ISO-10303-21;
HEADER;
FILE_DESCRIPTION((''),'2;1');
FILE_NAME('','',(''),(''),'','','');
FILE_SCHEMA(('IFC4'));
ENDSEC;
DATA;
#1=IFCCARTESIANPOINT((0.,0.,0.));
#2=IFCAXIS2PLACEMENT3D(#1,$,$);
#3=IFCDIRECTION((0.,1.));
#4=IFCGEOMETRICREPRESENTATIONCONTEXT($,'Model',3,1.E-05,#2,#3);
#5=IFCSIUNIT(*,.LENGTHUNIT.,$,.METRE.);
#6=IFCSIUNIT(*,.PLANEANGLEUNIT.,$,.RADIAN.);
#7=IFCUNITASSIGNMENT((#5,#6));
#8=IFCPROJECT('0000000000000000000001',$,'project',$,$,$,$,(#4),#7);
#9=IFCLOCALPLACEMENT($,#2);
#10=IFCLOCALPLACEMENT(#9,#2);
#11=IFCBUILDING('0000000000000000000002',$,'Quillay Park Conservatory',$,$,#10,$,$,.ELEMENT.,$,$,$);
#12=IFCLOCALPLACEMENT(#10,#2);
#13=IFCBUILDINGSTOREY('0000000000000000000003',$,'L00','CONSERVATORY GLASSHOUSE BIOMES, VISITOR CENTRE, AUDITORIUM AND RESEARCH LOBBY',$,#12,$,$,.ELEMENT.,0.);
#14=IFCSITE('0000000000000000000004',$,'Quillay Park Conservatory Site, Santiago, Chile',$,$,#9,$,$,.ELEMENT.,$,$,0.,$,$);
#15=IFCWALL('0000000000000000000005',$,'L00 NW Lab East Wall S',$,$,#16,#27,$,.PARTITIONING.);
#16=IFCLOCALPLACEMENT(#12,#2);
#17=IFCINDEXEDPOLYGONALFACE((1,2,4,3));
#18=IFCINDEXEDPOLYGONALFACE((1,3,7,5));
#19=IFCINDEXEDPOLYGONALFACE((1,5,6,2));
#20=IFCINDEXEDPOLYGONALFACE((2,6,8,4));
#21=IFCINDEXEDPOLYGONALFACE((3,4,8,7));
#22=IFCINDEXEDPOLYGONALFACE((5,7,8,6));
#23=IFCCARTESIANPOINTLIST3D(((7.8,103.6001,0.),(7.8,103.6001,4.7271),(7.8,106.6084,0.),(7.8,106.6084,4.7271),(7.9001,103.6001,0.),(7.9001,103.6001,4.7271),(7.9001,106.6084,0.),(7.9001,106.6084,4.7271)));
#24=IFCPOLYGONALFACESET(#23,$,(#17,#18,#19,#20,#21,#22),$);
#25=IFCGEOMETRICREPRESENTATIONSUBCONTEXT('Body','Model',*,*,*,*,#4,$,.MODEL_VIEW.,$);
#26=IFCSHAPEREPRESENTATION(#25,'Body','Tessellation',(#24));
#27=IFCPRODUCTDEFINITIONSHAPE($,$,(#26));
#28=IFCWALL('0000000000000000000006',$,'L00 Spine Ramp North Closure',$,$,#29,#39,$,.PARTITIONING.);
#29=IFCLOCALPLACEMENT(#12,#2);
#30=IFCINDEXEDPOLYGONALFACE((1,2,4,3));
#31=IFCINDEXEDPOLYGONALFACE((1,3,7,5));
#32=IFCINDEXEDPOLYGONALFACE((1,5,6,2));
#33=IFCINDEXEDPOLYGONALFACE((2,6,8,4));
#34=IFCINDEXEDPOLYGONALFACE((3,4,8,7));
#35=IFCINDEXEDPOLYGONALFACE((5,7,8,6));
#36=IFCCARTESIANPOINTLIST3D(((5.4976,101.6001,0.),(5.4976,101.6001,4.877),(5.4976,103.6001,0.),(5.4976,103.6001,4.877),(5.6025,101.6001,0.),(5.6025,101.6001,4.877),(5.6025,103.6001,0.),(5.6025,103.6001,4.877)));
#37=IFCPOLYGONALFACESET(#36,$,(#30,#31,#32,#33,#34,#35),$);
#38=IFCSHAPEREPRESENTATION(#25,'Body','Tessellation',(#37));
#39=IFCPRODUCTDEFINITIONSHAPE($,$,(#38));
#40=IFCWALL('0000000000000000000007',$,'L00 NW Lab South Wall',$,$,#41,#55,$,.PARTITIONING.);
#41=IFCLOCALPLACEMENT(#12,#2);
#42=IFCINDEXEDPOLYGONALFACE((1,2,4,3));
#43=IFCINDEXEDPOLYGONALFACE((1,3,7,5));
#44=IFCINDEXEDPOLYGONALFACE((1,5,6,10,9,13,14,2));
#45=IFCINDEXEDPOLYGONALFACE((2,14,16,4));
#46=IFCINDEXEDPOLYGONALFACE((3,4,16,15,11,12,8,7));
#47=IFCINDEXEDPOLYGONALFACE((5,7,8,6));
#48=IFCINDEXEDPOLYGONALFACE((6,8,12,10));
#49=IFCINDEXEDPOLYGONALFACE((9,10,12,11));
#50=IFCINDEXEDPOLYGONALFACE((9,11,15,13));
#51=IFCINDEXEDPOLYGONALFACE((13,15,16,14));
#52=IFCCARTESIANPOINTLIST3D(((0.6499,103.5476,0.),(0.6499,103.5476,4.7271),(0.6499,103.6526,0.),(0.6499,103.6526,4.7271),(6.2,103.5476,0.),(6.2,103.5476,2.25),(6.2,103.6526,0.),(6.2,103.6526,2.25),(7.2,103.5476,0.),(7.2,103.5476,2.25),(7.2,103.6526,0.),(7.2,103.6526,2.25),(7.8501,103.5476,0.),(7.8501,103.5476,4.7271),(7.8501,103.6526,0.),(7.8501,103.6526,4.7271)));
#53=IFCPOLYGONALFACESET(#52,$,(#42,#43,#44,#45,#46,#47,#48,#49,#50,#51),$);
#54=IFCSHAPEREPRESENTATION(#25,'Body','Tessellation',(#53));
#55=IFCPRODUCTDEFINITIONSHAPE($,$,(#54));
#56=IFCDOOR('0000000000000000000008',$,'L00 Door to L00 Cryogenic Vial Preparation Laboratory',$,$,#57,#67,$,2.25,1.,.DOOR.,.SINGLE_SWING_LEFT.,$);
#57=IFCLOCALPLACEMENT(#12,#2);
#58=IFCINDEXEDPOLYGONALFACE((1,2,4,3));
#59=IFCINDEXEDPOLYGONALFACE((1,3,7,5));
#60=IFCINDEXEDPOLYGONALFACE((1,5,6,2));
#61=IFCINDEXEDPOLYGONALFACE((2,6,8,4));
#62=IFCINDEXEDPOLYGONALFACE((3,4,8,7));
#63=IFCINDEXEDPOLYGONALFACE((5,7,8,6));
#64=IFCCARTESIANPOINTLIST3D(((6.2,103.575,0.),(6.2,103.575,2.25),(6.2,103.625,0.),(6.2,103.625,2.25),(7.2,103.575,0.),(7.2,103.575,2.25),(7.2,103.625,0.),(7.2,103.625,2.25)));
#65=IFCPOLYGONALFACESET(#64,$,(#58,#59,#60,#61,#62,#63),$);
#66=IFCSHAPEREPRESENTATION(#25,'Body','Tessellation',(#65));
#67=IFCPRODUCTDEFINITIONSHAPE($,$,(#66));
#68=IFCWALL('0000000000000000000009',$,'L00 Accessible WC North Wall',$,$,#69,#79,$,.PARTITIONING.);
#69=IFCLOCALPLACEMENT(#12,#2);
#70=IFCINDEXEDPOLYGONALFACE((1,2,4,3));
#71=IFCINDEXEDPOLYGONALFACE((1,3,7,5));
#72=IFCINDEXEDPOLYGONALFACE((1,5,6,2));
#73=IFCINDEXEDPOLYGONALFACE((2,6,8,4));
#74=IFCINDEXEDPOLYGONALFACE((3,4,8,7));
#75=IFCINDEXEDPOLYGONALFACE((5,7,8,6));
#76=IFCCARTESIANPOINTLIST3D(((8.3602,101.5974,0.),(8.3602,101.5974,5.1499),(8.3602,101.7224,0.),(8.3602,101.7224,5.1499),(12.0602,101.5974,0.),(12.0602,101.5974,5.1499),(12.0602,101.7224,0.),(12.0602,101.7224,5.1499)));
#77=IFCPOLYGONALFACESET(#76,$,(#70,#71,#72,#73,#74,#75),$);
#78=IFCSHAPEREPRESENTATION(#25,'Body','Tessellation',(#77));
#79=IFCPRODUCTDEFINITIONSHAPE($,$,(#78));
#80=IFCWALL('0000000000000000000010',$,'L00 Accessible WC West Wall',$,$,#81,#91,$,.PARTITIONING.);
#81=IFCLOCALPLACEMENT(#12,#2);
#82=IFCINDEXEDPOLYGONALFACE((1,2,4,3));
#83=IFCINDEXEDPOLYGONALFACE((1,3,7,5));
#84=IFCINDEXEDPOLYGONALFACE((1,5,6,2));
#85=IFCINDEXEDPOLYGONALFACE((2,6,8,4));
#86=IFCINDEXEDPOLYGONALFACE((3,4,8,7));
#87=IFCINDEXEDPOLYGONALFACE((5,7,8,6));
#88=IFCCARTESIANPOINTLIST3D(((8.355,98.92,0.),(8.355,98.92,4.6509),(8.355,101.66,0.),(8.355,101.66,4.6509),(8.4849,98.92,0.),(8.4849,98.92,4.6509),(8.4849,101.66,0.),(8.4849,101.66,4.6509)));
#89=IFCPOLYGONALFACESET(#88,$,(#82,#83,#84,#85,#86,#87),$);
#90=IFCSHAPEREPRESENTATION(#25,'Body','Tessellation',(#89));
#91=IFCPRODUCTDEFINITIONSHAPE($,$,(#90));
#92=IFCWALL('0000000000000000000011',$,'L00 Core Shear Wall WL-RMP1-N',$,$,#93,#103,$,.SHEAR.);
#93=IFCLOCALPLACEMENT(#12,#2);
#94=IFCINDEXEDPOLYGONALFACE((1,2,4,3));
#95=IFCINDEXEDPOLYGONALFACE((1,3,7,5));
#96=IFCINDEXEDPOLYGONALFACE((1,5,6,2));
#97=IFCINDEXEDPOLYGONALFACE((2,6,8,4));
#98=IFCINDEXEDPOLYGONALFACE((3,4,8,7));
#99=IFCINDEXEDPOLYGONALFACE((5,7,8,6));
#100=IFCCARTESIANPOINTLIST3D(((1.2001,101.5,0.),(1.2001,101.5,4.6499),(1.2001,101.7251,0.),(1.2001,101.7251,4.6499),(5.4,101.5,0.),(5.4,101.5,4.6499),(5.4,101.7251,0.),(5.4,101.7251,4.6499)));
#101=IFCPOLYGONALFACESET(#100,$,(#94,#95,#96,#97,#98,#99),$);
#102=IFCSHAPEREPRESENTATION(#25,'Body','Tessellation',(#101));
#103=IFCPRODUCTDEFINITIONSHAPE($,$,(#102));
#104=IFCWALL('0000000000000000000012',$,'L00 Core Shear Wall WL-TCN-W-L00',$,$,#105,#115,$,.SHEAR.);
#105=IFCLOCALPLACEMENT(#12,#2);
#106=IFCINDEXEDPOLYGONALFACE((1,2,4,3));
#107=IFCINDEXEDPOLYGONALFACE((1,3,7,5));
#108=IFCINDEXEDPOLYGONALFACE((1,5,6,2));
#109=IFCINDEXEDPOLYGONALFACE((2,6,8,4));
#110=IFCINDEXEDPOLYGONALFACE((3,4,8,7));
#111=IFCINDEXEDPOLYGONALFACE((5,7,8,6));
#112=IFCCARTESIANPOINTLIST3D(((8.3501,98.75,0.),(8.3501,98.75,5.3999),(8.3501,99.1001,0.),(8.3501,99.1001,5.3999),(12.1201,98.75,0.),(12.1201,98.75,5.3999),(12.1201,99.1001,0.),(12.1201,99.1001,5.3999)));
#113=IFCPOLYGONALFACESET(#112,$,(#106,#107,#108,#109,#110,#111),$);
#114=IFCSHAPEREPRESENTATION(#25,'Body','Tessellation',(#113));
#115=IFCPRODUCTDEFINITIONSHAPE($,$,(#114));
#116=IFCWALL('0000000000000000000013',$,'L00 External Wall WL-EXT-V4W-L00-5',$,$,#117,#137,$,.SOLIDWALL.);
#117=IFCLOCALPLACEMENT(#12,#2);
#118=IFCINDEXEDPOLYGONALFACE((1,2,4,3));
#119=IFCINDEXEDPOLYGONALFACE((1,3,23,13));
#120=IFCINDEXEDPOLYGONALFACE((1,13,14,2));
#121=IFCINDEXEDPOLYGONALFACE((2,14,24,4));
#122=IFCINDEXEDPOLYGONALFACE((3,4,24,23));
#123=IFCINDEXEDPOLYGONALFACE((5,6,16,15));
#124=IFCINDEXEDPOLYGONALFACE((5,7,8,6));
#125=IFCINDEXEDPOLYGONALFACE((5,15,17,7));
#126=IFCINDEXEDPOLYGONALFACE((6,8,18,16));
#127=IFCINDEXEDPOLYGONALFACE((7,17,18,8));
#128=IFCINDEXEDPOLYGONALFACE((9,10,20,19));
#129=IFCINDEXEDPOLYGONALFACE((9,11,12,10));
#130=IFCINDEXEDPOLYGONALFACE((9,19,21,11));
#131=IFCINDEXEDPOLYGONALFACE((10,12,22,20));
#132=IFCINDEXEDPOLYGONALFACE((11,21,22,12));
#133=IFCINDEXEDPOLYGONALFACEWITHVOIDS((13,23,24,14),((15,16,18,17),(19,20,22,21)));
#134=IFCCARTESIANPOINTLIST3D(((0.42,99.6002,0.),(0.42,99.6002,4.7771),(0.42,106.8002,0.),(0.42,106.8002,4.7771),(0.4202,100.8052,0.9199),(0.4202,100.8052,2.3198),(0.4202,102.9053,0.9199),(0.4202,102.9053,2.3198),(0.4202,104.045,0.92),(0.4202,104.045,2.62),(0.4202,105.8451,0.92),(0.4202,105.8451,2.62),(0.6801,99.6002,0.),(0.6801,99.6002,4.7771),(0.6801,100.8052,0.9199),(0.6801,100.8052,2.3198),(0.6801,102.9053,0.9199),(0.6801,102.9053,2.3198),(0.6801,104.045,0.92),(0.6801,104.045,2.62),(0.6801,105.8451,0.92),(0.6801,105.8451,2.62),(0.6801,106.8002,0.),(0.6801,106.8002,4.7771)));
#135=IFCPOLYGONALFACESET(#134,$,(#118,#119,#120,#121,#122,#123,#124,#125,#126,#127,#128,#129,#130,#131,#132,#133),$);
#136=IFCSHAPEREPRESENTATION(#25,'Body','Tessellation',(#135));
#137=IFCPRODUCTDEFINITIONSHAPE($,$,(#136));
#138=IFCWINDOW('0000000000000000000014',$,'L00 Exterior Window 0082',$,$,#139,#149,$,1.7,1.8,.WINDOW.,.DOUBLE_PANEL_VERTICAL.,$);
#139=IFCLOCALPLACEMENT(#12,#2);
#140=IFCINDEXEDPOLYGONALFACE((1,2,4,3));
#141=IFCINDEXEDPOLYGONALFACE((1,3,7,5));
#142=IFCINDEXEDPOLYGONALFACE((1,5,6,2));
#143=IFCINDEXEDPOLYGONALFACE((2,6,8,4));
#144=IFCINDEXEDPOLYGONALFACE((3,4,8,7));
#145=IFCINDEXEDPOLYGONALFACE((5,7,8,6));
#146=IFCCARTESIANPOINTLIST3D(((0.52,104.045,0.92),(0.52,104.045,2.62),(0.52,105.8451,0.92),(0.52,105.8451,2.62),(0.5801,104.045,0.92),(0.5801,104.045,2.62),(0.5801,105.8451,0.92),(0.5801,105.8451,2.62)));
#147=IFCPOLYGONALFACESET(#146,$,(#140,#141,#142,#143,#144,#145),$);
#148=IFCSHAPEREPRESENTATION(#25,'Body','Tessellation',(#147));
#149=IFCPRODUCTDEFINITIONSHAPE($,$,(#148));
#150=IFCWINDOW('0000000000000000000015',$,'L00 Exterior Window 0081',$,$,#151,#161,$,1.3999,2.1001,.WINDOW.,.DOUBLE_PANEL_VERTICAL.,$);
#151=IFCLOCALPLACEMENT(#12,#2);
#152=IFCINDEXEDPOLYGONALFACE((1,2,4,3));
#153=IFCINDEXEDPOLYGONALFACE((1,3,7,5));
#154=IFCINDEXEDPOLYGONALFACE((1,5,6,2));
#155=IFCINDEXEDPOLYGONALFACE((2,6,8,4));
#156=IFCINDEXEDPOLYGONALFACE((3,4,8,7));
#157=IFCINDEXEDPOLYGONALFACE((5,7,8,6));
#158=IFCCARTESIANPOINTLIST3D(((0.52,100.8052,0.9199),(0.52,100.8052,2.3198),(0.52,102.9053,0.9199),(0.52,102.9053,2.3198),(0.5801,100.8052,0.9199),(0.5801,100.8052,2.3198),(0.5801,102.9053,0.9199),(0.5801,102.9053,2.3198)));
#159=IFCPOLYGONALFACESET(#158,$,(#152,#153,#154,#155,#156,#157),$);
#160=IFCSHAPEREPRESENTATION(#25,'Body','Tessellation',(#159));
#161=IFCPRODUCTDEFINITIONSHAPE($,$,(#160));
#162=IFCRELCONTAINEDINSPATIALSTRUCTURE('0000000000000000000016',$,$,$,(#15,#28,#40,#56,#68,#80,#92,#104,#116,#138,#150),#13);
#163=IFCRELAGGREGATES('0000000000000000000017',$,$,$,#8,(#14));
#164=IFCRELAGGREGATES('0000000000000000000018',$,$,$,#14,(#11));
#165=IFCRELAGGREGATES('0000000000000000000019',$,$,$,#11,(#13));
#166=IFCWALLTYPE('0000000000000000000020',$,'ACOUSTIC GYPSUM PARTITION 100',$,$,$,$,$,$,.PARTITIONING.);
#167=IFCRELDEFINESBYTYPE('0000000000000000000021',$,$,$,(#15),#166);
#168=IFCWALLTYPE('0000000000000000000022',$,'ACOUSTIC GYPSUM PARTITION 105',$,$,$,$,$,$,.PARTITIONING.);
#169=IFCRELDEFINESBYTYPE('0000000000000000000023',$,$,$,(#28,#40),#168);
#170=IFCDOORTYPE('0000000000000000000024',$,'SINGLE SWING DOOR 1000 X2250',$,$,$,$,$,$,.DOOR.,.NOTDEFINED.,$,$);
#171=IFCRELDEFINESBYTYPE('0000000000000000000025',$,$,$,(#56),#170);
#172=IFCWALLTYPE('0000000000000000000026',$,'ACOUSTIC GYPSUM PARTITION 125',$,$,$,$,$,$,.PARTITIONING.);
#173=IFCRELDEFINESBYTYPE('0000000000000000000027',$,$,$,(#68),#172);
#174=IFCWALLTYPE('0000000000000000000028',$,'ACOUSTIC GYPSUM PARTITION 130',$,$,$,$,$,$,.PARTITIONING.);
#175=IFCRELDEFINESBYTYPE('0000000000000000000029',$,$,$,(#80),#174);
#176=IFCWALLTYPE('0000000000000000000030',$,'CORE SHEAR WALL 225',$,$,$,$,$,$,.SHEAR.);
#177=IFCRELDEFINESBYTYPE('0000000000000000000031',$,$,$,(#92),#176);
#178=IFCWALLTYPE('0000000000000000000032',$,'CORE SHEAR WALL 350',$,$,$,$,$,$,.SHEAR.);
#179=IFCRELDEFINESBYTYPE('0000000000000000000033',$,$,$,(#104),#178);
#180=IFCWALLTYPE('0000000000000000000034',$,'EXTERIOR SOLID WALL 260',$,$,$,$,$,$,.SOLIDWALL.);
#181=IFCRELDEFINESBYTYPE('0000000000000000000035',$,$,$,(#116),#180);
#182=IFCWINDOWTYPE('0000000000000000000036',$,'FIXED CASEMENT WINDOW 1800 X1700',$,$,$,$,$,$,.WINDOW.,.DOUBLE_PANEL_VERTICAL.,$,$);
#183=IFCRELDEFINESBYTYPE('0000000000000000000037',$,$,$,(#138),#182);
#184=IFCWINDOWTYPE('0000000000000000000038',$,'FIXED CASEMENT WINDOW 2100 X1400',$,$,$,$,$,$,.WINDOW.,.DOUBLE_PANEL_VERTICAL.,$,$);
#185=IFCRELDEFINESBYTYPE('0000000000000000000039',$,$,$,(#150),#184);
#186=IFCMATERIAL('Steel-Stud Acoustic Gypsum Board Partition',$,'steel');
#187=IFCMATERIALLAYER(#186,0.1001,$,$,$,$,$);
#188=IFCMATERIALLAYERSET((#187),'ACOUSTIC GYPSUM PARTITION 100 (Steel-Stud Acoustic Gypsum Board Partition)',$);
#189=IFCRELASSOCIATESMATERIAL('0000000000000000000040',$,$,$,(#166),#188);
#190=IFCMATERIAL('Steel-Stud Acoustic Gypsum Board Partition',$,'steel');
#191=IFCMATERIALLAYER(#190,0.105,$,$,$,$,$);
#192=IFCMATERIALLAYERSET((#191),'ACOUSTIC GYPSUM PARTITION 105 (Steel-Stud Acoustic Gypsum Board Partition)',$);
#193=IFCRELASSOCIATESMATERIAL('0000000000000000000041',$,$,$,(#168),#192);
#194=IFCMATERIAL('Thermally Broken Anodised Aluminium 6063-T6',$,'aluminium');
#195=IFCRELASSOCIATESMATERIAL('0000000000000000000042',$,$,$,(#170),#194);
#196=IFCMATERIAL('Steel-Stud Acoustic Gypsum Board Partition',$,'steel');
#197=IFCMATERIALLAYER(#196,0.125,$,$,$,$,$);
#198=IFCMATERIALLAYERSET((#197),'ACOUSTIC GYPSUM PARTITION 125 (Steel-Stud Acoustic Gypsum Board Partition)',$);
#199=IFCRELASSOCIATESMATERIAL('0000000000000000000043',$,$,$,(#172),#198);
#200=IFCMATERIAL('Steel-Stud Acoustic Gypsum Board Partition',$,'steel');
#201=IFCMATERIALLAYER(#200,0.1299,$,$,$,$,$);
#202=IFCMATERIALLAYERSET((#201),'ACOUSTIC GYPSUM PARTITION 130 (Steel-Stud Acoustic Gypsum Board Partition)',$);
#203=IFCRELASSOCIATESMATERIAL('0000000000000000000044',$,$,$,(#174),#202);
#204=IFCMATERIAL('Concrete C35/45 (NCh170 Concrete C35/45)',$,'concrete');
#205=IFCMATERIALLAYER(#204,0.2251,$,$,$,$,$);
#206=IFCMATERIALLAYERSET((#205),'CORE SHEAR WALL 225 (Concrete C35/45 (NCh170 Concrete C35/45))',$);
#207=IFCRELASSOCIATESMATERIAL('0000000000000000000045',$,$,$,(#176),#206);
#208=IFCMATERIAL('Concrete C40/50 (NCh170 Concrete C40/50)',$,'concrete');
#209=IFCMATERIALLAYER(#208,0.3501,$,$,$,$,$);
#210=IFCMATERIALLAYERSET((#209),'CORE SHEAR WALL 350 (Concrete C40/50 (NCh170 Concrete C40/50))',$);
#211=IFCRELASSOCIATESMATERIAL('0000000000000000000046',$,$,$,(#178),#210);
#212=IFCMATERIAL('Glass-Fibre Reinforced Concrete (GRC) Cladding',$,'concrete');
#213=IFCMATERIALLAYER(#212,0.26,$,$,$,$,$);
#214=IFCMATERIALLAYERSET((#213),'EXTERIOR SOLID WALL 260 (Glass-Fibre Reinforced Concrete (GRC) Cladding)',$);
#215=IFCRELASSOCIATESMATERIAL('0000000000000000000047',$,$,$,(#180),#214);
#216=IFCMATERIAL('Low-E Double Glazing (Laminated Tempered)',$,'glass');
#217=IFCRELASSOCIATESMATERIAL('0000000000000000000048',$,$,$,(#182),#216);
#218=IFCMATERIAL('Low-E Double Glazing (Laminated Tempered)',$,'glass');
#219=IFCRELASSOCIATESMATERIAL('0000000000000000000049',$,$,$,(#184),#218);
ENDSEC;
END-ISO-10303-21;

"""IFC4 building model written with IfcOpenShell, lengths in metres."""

from ifc_helpers import new_model, si_unit, direction, frame, frame_2d, origin, place, context, subcontext, project, spatial, rectangle, extrude, material, layer, layer_set, type_object, element, fill, save


model = new_model("IFC4")

# Units and contexts
model_context = context("Model", 3, precision=1e-05, world=origin(), true_north=direction((0.0, 1.0)))
body_context = subcontext(model_context, "Body", "Model", "MODEL_VIEW")
ifc_project = project(units=[si_unit("LENGTHUNIT", "METRE"), si_unit("PLANEANGLEUNIT", "RADIAN")], contexts=[model_context])

# Site, building, storey
site_placement = place(None, origin())
site = spatial("IfcSite", under=ifc_project, at=site_placement, Name="Quillay Park Conservatory Site, Santiago, Chile", CompositionType="ELEMENT", RefElevation=0.0)
building_placement = place(site_placement, origin())
building = spatial("IfcBuilding", under=site, at=building_placement, Name="Quillay Park Conservatory", CompositionType="ELEMENT")
storey_placement = place(building_placement, origin())
storey = spatial("IfcBuildingStorey", under=building, at=storey_placement, Name="L00", Description="CONSERVATORY GLASSHOUSE BIOMES, VISITOR CENTRE, AUDITORIUM AND RESEARCH LOBBY", CompositionType="ELEMENT", Elevation=0.0)

# Walls
ifc_material_1 = material(Name="Steel-Stud Acoustic Gypsum Board Partition", Category="steel")
ifc_layer_1 = layer(ifc_material_1, 0.1001)
ifc_layer_set_1 = layer_set([ifc_layer_1], Name="ACOUSTIC GYPSUM PARTITION 100 (Steel-Stud Acoustic Gypsum Board Partition)")
wall_type_1 = type_object("IfcWallType", Name="ACOUSTIC GYPSUM PARTITION 100", PredefinedType="PARTITIONING", material=ifc_layer_set_1)
wall_1_placement = place(storey_placement, frame((7.8501, 103.6001, 0.0), z_axis=(0.0, 0.0, 1.0), x_axis=(0.0, 1.0, 0.0)))
element("IfcWall", 1, at=wall_1_placement, inside=storey, type_object=wall_type_1, Name="L00 NW Lab East Wall S", PredefinedType="PARTITIONING", context=body_context, shape_type="SweptSolid", body=[
    extrude(rectangle(XDim=3.0083, YDim=0.1001, at=frame_2d((1.5042, 0.0))), origin(), (0.0, 0.0, 1.0), 4.7271),
])
ifc_material_2 = material(Name="Steel-Stud Acoustic Gypsum Board Partition", Category="steel")
ifc_layer_2 = layer(ifc_material_2, 0.105)
ifc_layer_set_2 = layer_set([ifc_layer_2], Name="ACOUSTIC GYPSUM PARTITION 105 (Steel-Stud Acoustic Gypsum Board Partition)")
wall_type_2 = type_object("IfcWallType", Name="ACOUSTIC GYPSUM PARTITION 105", PredefinedType="PARTITIONING", material=ifc_layer_set_2)
wall_2_placement = place(storey_placement, frame((5.55, 101.6001, 0.0), z_axis=(0.0, 0.0, 1.0), x_axis=(0.0, 1.0, 0.0)))
element("IfcWall", 2, at=wall_2_placement, inside=storey, type_object=wall_type_2, Name="L00 Spine Ramp North Closure", PredefinedType="PARTITIONING", context=body_context, shape_type="SweptSolid", body=[
    extrude(rectangle(XDim=2.0, YDim=0.105, at=frame_2d((1.0, 0.0))), origin(), (0.0, 0.0, 1.0), 4.877),
])

# Wall, opening, door
wall_3_placement = place(storey_placement, frame((0.6499, 103.6001, 0.0), z_axis=(0.0, 0.0, 1.0), x_axis=(1.0, 0.0, 0.0)))
wall_3 = element("IfcWall", 3, at=wall_3_placement, inside=storey, type_object=wall_type_2, Name="L00 NW Lab South Wall", PredefinedType="PARTITIONING", context=body_context, shape_type="SweptSolid", body=[
    extrude(rectangle(XDim=7.2002, YDim=0.105, at=frame_2d((3.6001, 0.0))), origin(), (0.0, 0.0, 1.0), 4.7271),
])
opening_1_placement = place(wall_3_placement, frame((5.55, 0.0, 0.0)))
opening_1 = element("IfcOpeningElement", 4, at=opening_1_placement, cuts=wall_3, PredefinedType="OPENING", context=body_context, shape_type="SweptSolid", body=[
    extrude(rectangle(XDim=1.0, YDim=2.25, at=frame_2d((0.5, 1.125))), frame((0.0, 0.0525, 0.0), z_axis=(0.0, -1.0, 0.0), x_axis=(1.0, 0.0, 0.0)), (0.0, 0.0, 1.0), 0.105),
])
ifc_material_3 = material(Name="Thermally Broken Anodised Aluminium 6063-T6", Category="aluminium")
door_type = type_object("IfcDoorType", Name="SINGLE SWING DOOR 1000 X2250", OperationType="NOTDEFINED", PredefinedType="DOOR", material=ifc_material_3)
door_placement = place(opening_1_placement, origin())
door = element("IfcDoor", 5, at=door_placement, inside=storey, type_object=door_type, Name="L00 Door to L00 Cryogenic Vial Preparation Laboratory", OperationType="SINGLE_SWING_LEFT", OverallHeight=2.25, OverallWidth=1.0, PredefinedType="DOOR", context=body_context, shape_type="SweptSolid", body=[
    extrude(rectangle(XDim=1.0, YDim=2.25, at=frame_2d((0.5, 1.125))), frame((0.0, 0.0249, 0.0), z_axis=(0.0, -1.0, 0.0), x_axis=(1.0, 0.0, 0.0)), (0.0, 0.0, 1.0), 0.05),
])
fill(opening_1, door)

# Walls
ifc_material_4 = material(Name="Steel-Stud Acoustic Gypsum Board Partition", Category="steel")
ifc_layer_3 = layer(ifc_material_4, 0.125)
ifc_layer_set_3 = layer_set([ifc_layer_3], Name="ACOUSTIC GYPSUM PARTITION 125 (Steel-Stud Acoustic Gypsum Board Partition)")
wall_type_3 = type_object("IfcWallType", Name="ACOUSTIC GYPSUM PARTITION 125", PredefinedType="PARTITIONING", material=ifc_layer_set_3)
wall_4_placement = place(storey_placement, frame((8.3601, 101.6599, 0.0), z_axis=(0.0, 0.0, 1.0), x_axis=(1.0, 0.0, 0.0)))
element("IfcWall", 6, at=wall_4_placement, inside=storey, type_object=wall_type_3, Name="L00 Accessible WC North Wall", PredefinedType="PARTITIONING", context=body_context, shape_type="SweptSolid", body=[
    extrude(rectangle(XDim=3.7, YDim=0.125, at=frame_2d((1.8501, 0.0))), origin(), (0.0, 0.0, 1.0), 5.1499),
])
ifc_material_5 = material(Name="Steel-Stud Acoustic Gypsum Board Partition", Category="steel")
ifc_layer_4 = layer(ifc_material_5, 0.1299)
ifc_layer_set_4 = layer_set([ifc_layer_4], Name="ACOUSTIC GYPSUM PARTITION 130 (Steel-Stud Acoustic Gypsum Board Partition)")
wall_type_4 = type_object("IfcWallType", Name="ACOUSTIC GYPSUM PARTITION 130", PredefinedType="PARTITIONING", material=ifc_layer_set_4)
wall_5_placement = place(storey_placement, frame((8.4199, 98.9199, 0.0), z_axis=(0.0, 0.0, 1.0), x_axis=(0.0, 1.0, 0.0)))
element("IfcWall", 7, at=wall_5_placement, inside=storey, type_object=wall_type_4, Name="L00 Accessible WC West Wall", PredefinedType="PARTITIONING", context=body_context, shape_type="SweptSolid", body=[
    extrude(rectangle(XDim=2.74, YDim=0.1299, at=frame_2d((1.3701, 0.0))), origin(), (0.0, 0.0, 1.0), 4.6509),
])
ifc_material_6 = material(Name="Concrete C35/45 (NCh170 Concrete C35/45)", Category="concrete")
ifc_layer_5 = layer(ifc_material_6, 0.2251)
ifc_layer_set_5 = layer_set([ifc_layer_5], Name="CORE SHEAR WALL 225 (Concrete C35/45 (NCh170 Concrete C35/45))")
wall_type_5 = type_object("IfcWallType", Name="CORE SHEAR WALL 225", PredefinedType="SHEAR", material=ifc_layer_set_5)
wall_6_placement = place(storey_placement, frame((1.2, 101.6125, 0.0), z_axis=(0.0, 0.0, 1.0), x_axis=(1.0, 0.0, 0.0)))
element("IfcWall", 8, at=wall_6_placement, inside=storey, type_object=wall_type_5, Name="L00 Core Shear Wall WL-RMP1-N", PredefinedType="SHEAR", context=body_context, shape_type="SweptSolid", body=[
    extrude(rectangle(XDim=4.2, YDim=0.2251, at=frame_2d((2.1001, 0.0))), origin(), (0.0, 0.0, 1.0), 4.6499),
])
ifc_material_7 = material(Name="Concrete C40/50 (NCh170 Concrete C40/50)", Category="concrete")
ifc_layer_6 = layer(ifc_material_7, 0.3501)
ifc_layer_set_6 = layer_set([ifc_layer_6], Name="CORE SHEAR WALL 350 (Concrete C40/50 (NCh170 Concrete C40/50))")
wall_type_6 = type_object("IfcWallType", Name="CORE SHEAR WALL 350", PredefinedType="SHEAR", material=ifc_layer_set_6)
wall_7_placement = place(storey_placement, frame((8.3501, 98.925, 0.0), z_axis=(0.0, 0.0, 1.0), x_axis=(1.0, 0.0, 0.0)))
element("IfcWall", 9, at=wall_7_placement, inside=storey, type_object=wall_type_6, Name="L00 Core Shear Wall WL-TCN-W-L00", PredefinedType="SHEAR", context=body_context, shape_type="SweptSolid", body=[
    extrude(rectangle(XDim=3.77, YDim=0.3501, at=frame_2d((1.885, 0.0))), origin(), (0.0, 0.0, 1.0), 5.3999),
])

# Wall, openings, windows
ifc_material_8 = material(Name="Glass-Fibre Reinforced Concrete (GRC) Cladding", Category="concrete")
ifc_layer_7 = layer(ifc_material_8, 0.26)
ifc_layer_set_7 = layer_set([ifc_layer_7], Name="EXTERIOR SOLID WALL 260 (Glass-Fibre Reinforced Concrete (GRC) Cladding)")
wall_type_7 = type_object("IfcWallType", Name="EXTERIOR SOLID WALL 260", PredefinedType="SOLIDWALL", material=ifc_layer_set_7)
wall_8_placement = place(storey_placement, frame((0.55, 99.6001, 0.0), z_axis=(0.0, 0.0, 1.0), x_axis=(0.0, 1.0, 0.0)))
wall_8 = element("IfcWall", 10, at=wall_8_placement, inside=storey, type_object=wall_type_7, Name="L00 External Wall WL-EXT-V4W-L00-5", PredefinedType="SOLIDWALL", context=body_context, shape_type="SweptSolid", body=[
    extrude(rectangle(XDim=7.2, YDim=0.26, at=frame_2d((3.6001, 0.0))), origin(), (0.0, 0.0, 1.0), 4.7771),
])
opening_2_placement = place(wall_8_placement, frame((1.2051, 0.0, 0.9199)))
opening_2 = element("IfcOpeningElement", 11, at=opening_2_placement, cuts=wall_8, PredefinedType="OPENING", context=body_context, shape_type="SweptSolid", body=[
    extrude(rectangle(XDim=2.1001, YDim=1.3999, at=frame_2d((1.05, 0.7))), frame((0.0, 0.1299, 0.0), z_axis=(0.0, -1.0, 0.0), x_axis=(1.0, 0.0, 0.0)), (0.0, 0.0, 1.0), 0.26),
])
opening_3_placement = place(wall_8_placement, frame((4.4451, 0.0, 0.9199)))
opening_3 = element("IfcOpeningElement", 12, at=opening_3_placement, cuts=wall_8, PredefinedType="OPENING", context=body_context, shape_type="SweptSolid", body=[
    extrude(rectangle(XDim=1.8, YDim=1.7, at=frame_2d((0.8999, 0.8501))), frame((0.0, 0.1299, 0.0), z_axis=(0.0, -1.0, 0.0), x_axis=(1.0, 0.0, 0.0)), (0.0, 0.0, 1.0), 0.26),
])
ifc_material_9 = material(Name="Low-E Double Glazing (Laminated Tempered)", Category="glass")
window_type_1 = type_object("IfcWindowType", Name="FIXED CASEMENT WINDOW 1800 X1700", PartitioningType="DOUBLE_PANEL_VERTICAL", PredefinedType="WINDOW", material=ifc_material_9)
window_1_placement = place(opening_3_placement, origin())
window_1 = element("IfcWindow", 13, at=window_1_placement, inside=storey, type_object=window_type_1, Name="L00 Exterior Window 0082", OverallHeight=1.7, OverallWidth=1.8, PartitioningType="DOUBLE_PANEL_VERTICAL", PredefinedType="WINDOW", context=body_context, shape_type="SweptSolid", body=[
    extrude(rectangle(XDim=1.8, YDim=1.7, at=frame_2d((0.8999, 0.8501))), frame((0.0, 0.03, 0.0), z_axis=(0.0, -1.0, 0.0), x_axis=(1.0, 0.0, 0.0)), (0.0, 0.0, 1.0), 0.0601),
])
fill(opening_3, window_1)
ifc_material_10 = material(Name="Low-E Double Glazing (Laminated Tempered)", Category="glass")
window_type_2 = type_object("IfcWindowType", Name="FIXED CASEMENT WINDOW 2100 X1400", PartitioningType="DOUBLE_PANEL_VERTICAL", PredefinedType="WINDOW", material=ifc_material_10)
window_2_placement = place(opening_2_placement, origin())
window_2 = element("IfcWindow", 14, at=window_2_placement, inside=storey, type_object=window_type_2, Name="L00 Exterior Window 0081", OverallHeight=1.3999, OverallWidth=2.1001, PartitioningType="DOUBLE_PANEL_VERTICAL", PredefinedType="WINDOW", context=body_context, shape_type="SweptSolid", body=[
    extrude(rectangle(XDim=2.1001, YDim=1.3999, at=frame_2d((1.05, 0.7))), frame((0.0, 0.03, 0.0), z_axis=(0.0, -1.0, 0.0), x_axis=(1.0, 0.0, 0.0)), (0.0, 0.0, 1.0), 0.0601),
])
fill(opening_2, window_2)

save(model, "model.ifc")
